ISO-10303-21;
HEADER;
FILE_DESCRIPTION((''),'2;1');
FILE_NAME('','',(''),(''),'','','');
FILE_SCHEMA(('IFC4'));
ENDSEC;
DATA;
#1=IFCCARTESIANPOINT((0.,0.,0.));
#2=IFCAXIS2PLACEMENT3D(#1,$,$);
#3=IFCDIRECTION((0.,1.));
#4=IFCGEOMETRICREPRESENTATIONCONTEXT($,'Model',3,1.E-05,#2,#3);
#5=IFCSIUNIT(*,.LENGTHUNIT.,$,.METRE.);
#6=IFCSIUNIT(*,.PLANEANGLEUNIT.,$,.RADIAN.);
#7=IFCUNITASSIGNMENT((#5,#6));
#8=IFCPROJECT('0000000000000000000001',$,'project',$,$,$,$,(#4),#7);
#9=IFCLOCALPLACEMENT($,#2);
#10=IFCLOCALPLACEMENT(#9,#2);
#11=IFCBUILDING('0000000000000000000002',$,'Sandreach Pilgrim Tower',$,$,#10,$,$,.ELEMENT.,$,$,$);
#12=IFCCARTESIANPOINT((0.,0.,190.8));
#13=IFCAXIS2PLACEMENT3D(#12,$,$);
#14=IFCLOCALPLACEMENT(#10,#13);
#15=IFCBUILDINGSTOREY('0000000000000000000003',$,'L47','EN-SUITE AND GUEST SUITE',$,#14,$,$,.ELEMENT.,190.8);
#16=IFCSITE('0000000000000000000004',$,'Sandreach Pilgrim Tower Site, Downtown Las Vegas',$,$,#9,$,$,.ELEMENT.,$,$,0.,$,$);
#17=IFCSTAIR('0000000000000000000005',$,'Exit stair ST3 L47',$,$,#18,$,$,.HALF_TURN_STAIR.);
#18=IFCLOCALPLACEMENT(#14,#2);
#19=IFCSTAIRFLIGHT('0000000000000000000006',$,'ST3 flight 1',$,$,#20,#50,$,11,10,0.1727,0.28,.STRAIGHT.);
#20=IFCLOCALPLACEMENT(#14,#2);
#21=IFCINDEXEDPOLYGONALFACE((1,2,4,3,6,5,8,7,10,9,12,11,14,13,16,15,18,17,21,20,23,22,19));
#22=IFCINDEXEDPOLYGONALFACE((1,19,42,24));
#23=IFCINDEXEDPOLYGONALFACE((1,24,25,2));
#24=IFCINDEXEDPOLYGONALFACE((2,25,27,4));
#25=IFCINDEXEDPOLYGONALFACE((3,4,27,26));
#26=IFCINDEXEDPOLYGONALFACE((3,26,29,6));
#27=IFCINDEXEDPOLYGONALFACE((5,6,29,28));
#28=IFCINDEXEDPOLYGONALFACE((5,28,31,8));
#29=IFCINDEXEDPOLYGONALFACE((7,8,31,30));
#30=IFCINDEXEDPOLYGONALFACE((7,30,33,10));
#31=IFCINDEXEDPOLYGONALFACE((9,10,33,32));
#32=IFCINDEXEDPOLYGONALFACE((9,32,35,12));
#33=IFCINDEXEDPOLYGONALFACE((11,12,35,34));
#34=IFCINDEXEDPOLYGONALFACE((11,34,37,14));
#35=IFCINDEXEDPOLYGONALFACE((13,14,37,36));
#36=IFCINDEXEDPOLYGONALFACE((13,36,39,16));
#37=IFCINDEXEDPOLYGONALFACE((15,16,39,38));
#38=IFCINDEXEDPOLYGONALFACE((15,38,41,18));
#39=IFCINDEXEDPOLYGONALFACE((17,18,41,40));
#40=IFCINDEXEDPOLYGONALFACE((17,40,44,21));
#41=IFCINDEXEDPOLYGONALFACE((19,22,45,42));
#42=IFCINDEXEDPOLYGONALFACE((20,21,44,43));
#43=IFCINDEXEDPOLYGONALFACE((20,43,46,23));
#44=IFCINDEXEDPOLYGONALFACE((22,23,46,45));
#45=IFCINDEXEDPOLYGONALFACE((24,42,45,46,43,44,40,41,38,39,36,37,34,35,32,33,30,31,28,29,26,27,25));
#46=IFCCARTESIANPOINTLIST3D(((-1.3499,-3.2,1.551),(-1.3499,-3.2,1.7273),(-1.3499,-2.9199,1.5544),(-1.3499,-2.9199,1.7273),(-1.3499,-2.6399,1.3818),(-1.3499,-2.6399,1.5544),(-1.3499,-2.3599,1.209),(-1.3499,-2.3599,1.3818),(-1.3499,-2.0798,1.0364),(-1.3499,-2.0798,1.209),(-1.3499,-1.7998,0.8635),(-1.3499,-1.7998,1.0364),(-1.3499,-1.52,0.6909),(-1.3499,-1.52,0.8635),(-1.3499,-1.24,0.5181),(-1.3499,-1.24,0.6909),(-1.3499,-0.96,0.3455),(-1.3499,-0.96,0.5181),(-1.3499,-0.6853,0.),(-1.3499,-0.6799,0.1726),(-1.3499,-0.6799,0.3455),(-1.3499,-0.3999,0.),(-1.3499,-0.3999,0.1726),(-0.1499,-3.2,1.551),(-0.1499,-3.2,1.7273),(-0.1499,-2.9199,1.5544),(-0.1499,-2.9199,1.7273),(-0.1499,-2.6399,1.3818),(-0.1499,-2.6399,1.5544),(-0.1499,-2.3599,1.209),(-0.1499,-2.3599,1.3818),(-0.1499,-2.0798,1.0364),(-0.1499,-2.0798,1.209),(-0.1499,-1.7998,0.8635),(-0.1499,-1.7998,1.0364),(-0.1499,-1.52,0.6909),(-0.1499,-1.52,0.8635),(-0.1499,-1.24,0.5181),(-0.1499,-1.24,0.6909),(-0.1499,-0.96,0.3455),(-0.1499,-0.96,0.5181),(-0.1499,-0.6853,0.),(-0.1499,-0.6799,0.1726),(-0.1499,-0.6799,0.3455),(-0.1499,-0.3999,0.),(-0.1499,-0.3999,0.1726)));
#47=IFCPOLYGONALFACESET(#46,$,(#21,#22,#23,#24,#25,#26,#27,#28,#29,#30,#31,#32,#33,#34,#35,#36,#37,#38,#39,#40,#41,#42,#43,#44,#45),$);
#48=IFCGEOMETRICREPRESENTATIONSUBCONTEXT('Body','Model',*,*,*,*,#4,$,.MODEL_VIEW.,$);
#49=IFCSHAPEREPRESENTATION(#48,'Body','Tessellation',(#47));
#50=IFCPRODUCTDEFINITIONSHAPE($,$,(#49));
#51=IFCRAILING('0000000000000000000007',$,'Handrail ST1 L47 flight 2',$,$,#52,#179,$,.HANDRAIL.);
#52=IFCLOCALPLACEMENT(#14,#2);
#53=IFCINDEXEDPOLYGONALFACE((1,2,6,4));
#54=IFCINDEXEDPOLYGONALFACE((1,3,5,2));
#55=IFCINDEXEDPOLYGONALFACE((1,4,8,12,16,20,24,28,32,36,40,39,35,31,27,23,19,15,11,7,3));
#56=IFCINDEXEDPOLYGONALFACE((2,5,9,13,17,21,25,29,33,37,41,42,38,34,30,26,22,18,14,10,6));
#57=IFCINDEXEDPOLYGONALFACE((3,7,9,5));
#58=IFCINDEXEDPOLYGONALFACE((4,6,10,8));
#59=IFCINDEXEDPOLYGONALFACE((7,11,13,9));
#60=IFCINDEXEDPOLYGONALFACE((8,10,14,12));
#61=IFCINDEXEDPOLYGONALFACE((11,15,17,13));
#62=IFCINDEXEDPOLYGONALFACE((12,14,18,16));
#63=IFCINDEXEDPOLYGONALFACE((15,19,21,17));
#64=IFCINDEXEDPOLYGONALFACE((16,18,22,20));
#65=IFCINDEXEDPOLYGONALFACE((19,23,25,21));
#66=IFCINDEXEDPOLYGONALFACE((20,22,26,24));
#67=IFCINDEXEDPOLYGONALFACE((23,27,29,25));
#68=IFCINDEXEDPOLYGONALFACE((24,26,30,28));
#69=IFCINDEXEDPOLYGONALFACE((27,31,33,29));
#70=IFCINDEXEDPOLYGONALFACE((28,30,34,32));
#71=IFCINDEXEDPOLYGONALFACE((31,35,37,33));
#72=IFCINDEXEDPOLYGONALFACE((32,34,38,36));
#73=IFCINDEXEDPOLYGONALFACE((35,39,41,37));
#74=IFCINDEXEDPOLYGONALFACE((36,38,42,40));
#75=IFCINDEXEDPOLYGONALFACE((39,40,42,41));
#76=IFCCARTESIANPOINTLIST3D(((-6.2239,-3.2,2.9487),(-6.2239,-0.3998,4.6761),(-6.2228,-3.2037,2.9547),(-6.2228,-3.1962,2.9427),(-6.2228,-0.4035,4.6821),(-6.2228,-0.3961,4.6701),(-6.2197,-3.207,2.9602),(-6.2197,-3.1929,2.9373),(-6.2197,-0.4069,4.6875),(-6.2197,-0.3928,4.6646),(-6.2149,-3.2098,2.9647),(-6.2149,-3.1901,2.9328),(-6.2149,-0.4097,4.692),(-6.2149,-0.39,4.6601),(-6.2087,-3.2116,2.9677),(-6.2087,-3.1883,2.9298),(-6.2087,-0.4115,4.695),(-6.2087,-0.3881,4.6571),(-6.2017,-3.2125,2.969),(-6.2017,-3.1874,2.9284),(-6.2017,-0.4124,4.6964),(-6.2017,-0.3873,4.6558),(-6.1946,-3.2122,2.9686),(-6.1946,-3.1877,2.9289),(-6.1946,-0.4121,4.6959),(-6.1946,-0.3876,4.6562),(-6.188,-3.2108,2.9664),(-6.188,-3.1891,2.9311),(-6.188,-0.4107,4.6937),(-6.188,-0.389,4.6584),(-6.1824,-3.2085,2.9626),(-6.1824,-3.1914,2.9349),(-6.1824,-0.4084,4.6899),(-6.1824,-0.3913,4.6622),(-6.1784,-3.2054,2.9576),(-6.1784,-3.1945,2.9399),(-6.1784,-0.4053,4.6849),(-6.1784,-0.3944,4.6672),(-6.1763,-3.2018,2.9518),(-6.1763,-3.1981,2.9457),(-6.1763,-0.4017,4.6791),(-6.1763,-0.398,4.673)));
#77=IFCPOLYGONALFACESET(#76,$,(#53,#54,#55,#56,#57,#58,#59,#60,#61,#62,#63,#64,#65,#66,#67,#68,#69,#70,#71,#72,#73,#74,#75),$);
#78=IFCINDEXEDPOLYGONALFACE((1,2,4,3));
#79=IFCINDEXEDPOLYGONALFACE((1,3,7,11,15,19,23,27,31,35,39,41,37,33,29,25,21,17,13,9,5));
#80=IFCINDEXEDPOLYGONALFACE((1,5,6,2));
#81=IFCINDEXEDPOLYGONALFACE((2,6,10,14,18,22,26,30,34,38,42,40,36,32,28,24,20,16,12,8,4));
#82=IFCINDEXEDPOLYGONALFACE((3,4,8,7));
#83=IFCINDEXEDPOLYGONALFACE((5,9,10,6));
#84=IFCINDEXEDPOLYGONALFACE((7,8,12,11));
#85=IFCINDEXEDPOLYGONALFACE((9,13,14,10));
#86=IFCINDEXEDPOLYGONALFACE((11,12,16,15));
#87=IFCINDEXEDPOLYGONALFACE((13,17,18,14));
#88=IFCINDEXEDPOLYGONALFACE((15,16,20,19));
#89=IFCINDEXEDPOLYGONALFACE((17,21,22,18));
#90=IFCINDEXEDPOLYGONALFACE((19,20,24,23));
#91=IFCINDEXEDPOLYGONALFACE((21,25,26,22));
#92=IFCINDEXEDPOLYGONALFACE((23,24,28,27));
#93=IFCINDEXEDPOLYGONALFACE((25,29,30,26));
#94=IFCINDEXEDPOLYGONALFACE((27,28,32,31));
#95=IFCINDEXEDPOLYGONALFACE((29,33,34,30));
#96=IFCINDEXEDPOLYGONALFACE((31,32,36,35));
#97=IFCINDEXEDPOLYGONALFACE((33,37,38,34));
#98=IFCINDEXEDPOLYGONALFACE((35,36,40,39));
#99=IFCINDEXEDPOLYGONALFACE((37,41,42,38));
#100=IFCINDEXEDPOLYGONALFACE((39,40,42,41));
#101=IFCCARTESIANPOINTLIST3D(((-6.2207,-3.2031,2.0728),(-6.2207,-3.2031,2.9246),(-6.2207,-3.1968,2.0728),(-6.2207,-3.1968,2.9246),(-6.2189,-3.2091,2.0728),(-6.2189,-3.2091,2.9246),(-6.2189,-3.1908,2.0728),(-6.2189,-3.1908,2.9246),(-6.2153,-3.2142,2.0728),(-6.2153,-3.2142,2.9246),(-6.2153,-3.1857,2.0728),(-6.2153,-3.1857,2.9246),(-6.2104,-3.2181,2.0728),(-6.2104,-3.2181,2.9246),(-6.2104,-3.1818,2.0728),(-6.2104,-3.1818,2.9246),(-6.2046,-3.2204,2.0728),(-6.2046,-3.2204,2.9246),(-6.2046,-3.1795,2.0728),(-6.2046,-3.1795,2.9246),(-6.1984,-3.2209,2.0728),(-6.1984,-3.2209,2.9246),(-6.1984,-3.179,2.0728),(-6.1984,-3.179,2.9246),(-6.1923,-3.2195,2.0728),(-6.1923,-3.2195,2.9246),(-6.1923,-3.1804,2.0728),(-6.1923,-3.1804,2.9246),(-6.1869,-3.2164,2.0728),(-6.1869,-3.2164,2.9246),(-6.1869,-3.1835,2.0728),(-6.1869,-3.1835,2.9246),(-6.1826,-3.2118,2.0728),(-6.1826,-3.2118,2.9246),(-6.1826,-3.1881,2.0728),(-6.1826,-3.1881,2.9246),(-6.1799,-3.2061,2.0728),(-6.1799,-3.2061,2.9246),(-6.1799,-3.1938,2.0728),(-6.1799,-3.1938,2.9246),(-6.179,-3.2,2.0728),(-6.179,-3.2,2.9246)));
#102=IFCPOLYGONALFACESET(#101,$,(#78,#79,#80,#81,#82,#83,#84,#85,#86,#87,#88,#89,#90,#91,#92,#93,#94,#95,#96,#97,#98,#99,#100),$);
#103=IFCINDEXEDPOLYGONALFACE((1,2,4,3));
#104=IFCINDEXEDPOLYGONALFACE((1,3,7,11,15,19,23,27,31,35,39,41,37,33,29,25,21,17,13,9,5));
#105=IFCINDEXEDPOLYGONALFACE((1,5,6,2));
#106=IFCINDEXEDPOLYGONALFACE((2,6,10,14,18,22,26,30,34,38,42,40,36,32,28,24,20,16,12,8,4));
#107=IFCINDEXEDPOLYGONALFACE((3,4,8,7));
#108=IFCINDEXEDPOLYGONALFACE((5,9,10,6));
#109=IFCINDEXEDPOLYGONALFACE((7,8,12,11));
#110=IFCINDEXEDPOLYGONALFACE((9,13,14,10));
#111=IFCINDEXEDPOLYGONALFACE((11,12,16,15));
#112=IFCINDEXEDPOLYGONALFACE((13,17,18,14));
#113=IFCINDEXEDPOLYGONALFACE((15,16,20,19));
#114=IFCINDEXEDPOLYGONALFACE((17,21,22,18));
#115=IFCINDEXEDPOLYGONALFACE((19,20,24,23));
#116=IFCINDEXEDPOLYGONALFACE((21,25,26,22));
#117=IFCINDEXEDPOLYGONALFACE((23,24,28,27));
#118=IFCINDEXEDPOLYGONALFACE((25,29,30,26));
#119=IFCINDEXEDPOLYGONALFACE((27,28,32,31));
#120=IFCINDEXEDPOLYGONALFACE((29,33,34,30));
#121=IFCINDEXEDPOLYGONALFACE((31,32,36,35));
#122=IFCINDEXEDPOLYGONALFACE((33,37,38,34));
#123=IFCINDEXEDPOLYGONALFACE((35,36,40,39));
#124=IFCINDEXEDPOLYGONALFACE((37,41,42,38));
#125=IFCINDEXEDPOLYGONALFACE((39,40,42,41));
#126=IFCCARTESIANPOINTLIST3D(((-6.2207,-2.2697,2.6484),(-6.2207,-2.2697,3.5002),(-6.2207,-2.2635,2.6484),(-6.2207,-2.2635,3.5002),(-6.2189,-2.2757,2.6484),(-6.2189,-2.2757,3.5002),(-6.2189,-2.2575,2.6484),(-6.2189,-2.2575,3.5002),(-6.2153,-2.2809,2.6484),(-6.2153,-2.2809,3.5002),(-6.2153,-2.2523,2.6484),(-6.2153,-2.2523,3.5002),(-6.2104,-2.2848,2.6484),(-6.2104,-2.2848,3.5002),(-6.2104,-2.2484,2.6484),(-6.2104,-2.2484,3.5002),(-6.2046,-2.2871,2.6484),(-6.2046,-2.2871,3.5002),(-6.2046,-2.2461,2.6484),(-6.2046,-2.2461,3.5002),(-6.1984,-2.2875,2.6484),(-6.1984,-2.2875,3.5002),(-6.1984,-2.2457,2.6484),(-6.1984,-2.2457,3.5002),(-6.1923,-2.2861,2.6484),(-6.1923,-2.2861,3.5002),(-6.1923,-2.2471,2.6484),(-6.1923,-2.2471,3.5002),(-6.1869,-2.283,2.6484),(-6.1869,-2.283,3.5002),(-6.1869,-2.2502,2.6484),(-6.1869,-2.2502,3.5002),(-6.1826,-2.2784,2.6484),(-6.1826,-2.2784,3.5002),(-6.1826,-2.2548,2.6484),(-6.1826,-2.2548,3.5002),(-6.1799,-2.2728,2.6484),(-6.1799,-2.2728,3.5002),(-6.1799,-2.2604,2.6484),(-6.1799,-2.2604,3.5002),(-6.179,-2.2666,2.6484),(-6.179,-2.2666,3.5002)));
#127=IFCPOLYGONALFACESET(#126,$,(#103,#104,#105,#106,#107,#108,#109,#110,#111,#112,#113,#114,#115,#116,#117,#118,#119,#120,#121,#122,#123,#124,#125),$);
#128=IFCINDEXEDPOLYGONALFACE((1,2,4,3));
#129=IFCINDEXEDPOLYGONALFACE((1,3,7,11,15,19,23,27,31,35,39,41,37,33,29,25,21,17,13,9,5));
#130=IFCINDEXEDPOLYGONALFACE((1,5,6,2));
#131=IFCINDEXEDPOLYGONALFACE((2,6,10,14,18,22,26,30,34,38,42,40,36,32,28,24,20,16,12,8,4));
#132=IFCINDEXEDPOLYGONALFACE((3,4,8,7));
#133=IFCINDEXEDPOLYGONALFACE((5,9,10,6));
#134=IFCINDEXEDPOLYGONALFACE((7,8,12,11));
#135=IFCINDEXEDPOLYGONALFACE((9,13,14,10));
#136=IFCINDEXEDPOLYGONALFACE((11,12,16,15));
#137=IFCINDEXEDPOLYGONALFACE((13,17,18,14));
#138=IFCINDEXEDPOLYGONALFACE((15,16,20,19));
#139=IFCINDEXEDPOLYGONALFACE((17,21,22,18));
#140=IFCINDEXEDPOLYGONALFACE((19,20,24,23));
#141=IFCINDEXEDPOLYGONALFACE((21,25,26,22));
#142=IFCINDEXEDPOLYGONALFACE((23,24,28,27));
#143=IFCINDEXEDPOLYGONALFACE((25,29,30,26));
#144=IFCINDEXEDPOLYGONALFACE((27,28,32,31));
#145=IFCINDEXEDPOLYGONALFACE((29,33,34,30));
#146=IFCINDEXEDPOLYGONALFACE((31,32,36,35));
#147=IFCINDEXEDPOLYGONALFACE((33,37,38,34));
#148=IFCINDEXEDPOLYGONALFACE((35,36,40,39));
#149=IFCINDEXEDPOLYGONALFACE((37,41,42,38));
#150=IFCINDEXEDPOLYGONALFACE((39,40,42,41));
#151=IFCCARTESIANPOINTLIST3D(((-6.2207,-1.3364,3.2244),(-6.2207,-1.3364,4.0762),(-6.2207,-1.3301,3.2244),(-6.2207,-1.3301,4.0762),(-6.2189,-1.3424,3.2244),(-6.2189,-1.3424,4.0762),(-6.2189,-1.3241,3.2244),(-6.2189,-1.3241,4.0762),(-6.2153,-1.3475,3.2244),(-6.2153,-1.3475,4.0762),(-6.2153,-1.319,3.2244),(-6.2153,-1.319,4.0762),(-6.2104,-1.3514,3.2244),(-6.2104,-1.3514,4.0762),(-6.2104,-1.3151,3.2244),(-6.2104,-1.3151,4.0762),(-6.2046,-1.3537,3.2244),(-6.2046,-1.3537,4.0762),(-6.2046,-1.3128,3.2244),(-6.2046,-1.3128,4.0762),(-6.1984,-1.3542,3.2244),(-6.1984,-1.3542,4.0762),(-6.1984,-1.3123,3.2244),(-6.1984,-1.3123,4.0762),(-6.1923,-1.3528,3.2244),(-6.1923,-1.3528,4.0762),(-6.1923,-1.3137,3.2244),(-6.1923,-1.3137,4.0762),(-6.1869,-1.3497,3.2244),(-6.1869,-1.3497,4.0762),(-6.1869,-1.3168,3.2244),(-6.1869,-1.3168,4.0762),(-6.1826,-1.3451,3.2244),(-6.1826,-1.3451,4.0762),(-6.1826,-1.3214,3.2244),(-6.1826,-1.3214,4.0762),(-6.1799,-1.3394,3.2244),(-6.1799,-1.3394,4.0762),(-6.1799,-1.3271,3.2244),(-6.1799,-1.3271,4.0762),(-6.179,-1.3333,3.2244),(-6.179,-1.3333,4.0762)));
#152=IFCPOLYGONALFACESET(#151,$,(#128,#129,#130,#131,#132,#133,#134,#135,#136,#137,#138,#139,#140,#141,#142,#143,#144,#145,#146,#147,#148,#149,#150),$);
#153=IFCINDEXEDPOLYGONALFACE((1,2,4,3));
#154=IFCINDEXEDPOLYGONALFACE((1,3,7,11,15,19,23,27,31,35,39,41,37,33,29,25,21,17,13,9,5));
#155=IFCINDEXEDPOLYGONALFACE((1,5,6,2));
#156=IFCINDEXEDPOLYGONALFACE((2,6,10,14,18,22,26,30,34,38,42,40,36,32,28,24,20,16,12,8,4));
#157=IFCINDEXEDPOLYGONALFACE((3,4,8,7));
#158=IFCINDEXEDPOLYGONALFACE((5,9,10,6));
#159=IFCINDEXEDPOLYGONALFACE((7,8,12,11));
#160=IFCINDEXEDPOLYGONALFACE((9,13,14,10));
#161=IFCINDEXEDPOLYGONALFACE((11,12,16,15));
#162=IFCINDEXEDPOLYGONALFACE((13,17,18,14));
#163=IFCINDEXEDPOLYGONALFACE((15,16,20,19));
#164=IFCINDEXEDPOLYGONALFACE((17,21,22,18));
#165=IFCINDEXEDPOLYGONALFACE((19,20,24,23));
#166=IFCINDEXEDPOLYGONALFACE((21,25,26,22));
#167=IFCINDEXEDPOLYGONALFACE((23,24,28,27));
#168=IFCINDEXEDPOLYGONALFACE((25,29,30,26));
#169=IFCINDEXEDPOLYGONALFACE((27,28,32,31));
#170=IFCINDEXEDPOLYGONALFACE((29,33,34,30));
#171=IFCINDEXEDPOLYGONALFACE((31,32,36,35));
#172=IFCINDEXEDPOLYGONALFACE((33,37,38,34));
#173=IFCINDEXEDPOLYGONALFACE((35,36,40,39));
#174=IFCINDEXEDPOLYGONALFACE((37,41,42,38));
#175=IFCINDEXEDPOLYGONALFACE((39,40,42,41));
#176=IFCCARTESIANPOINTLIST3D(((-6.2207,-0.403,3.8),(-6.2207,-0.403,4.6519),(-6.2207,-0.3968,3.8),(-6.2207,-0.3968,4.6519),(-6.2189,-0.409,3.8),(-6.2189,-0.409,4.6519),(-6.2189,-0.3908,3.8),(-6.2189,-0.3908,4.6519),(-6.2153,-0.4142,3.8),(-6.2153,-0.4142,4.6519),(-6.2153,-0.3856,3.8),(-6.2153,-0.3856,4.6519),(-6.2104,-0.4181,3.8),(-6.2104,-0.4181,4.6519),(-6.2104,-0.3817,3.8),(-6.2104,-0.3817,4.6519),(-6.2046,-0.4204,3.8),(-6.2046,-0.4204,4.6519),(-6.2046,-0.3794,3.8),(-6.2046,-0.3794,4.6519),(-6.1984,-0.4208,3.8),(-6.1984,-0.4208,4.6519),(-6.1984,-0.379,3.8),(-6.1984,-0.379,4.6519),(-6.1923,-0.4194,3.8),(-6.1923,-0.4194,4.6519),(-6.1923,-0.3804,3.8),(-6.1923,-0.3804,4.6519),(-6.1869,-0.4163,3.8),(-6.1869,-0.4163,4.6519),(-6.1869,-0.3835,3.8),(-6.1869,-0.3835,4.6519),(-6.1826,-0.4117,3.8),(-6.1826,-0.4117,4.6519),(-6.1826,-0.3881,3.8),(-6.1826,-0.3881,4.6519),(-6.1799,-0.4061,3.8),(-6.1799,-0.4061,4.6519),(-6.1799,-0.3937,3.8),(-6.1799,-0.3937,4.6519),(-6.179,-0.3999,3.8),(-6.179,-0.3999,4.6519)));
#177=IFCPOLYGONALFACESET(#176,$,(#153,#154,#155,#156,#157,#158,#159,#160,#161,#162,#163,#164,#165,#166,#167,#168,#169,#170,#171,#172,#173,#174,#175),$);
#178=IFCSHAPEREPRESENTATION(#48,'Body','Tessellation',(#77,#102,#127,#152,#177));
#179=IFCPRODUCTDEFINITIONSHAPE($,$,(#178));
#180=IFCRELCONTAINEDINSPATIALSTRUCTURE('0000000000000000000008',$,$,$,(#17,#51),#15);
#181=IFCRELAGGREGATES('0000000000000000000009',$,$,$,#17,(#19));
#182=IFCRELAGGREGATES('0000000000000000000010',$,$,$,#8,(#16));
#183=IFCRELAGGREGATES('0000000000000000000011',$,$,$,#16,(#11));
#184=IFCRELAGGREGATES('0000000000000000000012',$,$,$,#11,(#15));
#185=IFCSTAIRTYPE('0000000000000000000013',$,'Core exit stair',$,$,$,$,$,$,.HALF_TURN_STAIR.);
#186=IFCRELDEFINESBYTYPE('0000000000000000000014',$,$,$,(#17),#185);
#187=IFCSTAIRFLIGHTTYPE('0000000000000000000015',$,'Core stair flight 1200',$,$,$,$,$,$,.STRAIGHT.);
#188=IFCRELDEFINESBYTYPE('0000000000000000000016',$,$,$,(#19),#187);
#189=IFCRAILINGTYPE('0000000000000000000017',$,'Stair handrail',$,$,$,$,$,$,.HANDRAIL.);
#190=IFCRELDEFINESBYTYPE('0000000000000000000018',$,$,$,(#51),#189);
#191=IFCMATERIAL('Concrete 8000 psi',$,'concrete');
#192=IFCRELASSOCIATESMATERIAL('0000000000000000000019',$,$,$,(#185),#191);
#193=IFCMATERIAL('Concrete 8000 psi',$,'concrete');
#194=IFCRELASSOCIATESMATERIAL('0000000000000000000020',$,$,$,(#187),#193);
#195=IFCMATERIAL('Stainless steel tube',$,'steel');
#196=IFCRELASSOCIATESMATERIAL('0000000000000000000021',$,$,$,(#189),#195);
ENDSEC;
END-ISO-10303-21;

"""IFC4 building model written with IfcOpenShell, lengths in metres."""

from ifc_helpers import new_model, si_unit, direction, frame, origin, origin_2d, place, context, subcontext, project, spatial, polyline, circle, outline, extrude, material, type_object, element, aggregate, save


model = new_model("IFC4")

# Units and contexts
model_context = context("Model", 3, precision=1e-05, world=origin(), true_north=direction((0.0, 1.0)))
body_context = subcontext(model_context, "Body", "Model", "MODEL_VIEW")
ifc_project = project(units=[si_unit("LENGTHUNIT", "METRE"), si_unit("PLANEANGLEUNIT", "RADIAN")], contexts=[model_context])

# Site, building, storey
site_placement = place(None, origin())
site = spatial("IfcSite", under=ifc_project, at=site_placement, Name="Sandreach Pilgrim Tower Site, Downtown Las Vegas", CompositionType="ELEMENT", RefElevation=0.0)
building_placement = place(site_placement, origin())
building = spatial("IfcBuilding", under=site, at=building_placement, Name="Sandreach Pilgrim Tower", CompositionType="ELEMENT")
storey_placement = place(building_placement, frame((0.0, 0.0, 190.8)))
storey = spatial("IfcBuildingStorey", under=building, at=storey_placement, Name="L47", Description="EN-SUITE AND GUEST SUITE", CompositionType="ELEMENT", Elevation=190.8)

# Stair, stair flight
ifc_material_1 = material(Name="Concrete 8000 psi", Category="concrete")
stair_type = type_object("IfcStairType", Name="Core exit stair", PredefinedType="HALF_TURN_STAIR", material=ifc_material_1)
ifc_material_2 = material(Name="Concrete 8000 psi", Category="concrete")
stair_flight_type = type_object("IfcStairFlightType", Name="Core stair flight 1200", PredefinedType="STRAIGHT", material=ifc_material_2)
stair_1_placement = place(storey_placement, origin())
stair_1 = element("IfcStair", 1, at=stair_1_placement, inside=storey, type_object=stair_type, Name="Exit stair ST3 L47", PredefinedType="HALF_TURN_STAIR")
stair_flight_1_placement = place(storey_placement, frame((-0.75, -0.3999, 0.0), z_axis=(0.0, 0.0, 1.0), x_axis=(0.0, -1.0, 0.0)))
stair_flight_1 = element("IfcStairFlight", 2, at=stair_flight_1_placement, type_object=stair_flight_type, Name="ST3 flight 1", NumberOfRisers=11, NumberOfTreads=10, PredefinedType="STRAIGHT", RiserHeight=0.1727, TreadLength=0.28, context=body_context, shape_type="SweptSolid", body=[
    extrude(outline(polyline([(0.0, 0.0), (0.0, 0.1726), (0.28, 0.1726), (0.28, 0.3455), (0.5601, 0.3455), (0.5601, 0.5181), (0.8401, 0.5181), (0.8401, 0.6909), (1.1201, 0.6909), (1.1201, 0.8635), (1.3999, 0.8635), (1.3999, 1.0364), (1.6799, 1.0364), (1.6799, 1.209), (1.96, 1.209), (1.96, 1.3818), (2.24, 1.3818), (2.24, 1.5544), (2.52, 1.5544), (2.52, 1.7273), (2.8, 1.7273), (2.8, 1.8999), (2.8, 1.551), (0.2854, 0.0), (0.0, 0.0)])), frame((0.0, 0.6001, 0.0), z_axis=(0.0, -1.0, 0.0), x_axis=(1.0, 0.0, 0.0)), (0.0, 0.0, 1.0), 1.2),
])
aggregate(stair_1, [stair_flight_1])

# Railing
ifc_material_3 = material(Name="Stainless steel tube", Category="steel")
railing_type = type_object("IfcRailingType", Name="Stair handrail", PredefinedType="HANDRAIL", material=ifc_material_3)
for number, where, name in (
    (3, (-6.2, -3.2, 2.0728), "Handrail ST1 L47 flight 2"),
):
    element("IfcRailing", number, at=place(storey_placement, frame(where)), inside=storey, type_object=railing_type, Name=name, PredefinedType="HANDRAIL", context=body_context, shape_type="SweptSolid", body=[
        extrude(circle(Radius=0.0239, at=origin_2d()), frame((0.0, 0.0, 0.876), z_axis=(0.0, 0.85109, 0.52502), x_axis=(-1.0, 0.0, 0.0)), (0.0, 0.0, 1.0), 3.29),
        extrude(circle(Radius=0.021, at=origin_2d()), origin(), (0.0, 0.0, 1.0), 0.8518),
        extrude(circle(Radius=0.021, at=origin_2d()), frame((0.0, 0.9333, 0.5757)), (0.0, 0.0, 1.0), 0.8518),
        extrude(circle(Radius=0.021, at=origin_2d()), frame((0.0, 1.8667, 1.1516)), (0.0, 0.0, 1.0), 0.8518),
        extrude(circle(Radius=0.021, at=origin_2d()), frame((0.0, 2.8, 1.7273)), (0.0, 0.0, 1.0), 0.8518),
    ])

save(model, "model.ifc")
